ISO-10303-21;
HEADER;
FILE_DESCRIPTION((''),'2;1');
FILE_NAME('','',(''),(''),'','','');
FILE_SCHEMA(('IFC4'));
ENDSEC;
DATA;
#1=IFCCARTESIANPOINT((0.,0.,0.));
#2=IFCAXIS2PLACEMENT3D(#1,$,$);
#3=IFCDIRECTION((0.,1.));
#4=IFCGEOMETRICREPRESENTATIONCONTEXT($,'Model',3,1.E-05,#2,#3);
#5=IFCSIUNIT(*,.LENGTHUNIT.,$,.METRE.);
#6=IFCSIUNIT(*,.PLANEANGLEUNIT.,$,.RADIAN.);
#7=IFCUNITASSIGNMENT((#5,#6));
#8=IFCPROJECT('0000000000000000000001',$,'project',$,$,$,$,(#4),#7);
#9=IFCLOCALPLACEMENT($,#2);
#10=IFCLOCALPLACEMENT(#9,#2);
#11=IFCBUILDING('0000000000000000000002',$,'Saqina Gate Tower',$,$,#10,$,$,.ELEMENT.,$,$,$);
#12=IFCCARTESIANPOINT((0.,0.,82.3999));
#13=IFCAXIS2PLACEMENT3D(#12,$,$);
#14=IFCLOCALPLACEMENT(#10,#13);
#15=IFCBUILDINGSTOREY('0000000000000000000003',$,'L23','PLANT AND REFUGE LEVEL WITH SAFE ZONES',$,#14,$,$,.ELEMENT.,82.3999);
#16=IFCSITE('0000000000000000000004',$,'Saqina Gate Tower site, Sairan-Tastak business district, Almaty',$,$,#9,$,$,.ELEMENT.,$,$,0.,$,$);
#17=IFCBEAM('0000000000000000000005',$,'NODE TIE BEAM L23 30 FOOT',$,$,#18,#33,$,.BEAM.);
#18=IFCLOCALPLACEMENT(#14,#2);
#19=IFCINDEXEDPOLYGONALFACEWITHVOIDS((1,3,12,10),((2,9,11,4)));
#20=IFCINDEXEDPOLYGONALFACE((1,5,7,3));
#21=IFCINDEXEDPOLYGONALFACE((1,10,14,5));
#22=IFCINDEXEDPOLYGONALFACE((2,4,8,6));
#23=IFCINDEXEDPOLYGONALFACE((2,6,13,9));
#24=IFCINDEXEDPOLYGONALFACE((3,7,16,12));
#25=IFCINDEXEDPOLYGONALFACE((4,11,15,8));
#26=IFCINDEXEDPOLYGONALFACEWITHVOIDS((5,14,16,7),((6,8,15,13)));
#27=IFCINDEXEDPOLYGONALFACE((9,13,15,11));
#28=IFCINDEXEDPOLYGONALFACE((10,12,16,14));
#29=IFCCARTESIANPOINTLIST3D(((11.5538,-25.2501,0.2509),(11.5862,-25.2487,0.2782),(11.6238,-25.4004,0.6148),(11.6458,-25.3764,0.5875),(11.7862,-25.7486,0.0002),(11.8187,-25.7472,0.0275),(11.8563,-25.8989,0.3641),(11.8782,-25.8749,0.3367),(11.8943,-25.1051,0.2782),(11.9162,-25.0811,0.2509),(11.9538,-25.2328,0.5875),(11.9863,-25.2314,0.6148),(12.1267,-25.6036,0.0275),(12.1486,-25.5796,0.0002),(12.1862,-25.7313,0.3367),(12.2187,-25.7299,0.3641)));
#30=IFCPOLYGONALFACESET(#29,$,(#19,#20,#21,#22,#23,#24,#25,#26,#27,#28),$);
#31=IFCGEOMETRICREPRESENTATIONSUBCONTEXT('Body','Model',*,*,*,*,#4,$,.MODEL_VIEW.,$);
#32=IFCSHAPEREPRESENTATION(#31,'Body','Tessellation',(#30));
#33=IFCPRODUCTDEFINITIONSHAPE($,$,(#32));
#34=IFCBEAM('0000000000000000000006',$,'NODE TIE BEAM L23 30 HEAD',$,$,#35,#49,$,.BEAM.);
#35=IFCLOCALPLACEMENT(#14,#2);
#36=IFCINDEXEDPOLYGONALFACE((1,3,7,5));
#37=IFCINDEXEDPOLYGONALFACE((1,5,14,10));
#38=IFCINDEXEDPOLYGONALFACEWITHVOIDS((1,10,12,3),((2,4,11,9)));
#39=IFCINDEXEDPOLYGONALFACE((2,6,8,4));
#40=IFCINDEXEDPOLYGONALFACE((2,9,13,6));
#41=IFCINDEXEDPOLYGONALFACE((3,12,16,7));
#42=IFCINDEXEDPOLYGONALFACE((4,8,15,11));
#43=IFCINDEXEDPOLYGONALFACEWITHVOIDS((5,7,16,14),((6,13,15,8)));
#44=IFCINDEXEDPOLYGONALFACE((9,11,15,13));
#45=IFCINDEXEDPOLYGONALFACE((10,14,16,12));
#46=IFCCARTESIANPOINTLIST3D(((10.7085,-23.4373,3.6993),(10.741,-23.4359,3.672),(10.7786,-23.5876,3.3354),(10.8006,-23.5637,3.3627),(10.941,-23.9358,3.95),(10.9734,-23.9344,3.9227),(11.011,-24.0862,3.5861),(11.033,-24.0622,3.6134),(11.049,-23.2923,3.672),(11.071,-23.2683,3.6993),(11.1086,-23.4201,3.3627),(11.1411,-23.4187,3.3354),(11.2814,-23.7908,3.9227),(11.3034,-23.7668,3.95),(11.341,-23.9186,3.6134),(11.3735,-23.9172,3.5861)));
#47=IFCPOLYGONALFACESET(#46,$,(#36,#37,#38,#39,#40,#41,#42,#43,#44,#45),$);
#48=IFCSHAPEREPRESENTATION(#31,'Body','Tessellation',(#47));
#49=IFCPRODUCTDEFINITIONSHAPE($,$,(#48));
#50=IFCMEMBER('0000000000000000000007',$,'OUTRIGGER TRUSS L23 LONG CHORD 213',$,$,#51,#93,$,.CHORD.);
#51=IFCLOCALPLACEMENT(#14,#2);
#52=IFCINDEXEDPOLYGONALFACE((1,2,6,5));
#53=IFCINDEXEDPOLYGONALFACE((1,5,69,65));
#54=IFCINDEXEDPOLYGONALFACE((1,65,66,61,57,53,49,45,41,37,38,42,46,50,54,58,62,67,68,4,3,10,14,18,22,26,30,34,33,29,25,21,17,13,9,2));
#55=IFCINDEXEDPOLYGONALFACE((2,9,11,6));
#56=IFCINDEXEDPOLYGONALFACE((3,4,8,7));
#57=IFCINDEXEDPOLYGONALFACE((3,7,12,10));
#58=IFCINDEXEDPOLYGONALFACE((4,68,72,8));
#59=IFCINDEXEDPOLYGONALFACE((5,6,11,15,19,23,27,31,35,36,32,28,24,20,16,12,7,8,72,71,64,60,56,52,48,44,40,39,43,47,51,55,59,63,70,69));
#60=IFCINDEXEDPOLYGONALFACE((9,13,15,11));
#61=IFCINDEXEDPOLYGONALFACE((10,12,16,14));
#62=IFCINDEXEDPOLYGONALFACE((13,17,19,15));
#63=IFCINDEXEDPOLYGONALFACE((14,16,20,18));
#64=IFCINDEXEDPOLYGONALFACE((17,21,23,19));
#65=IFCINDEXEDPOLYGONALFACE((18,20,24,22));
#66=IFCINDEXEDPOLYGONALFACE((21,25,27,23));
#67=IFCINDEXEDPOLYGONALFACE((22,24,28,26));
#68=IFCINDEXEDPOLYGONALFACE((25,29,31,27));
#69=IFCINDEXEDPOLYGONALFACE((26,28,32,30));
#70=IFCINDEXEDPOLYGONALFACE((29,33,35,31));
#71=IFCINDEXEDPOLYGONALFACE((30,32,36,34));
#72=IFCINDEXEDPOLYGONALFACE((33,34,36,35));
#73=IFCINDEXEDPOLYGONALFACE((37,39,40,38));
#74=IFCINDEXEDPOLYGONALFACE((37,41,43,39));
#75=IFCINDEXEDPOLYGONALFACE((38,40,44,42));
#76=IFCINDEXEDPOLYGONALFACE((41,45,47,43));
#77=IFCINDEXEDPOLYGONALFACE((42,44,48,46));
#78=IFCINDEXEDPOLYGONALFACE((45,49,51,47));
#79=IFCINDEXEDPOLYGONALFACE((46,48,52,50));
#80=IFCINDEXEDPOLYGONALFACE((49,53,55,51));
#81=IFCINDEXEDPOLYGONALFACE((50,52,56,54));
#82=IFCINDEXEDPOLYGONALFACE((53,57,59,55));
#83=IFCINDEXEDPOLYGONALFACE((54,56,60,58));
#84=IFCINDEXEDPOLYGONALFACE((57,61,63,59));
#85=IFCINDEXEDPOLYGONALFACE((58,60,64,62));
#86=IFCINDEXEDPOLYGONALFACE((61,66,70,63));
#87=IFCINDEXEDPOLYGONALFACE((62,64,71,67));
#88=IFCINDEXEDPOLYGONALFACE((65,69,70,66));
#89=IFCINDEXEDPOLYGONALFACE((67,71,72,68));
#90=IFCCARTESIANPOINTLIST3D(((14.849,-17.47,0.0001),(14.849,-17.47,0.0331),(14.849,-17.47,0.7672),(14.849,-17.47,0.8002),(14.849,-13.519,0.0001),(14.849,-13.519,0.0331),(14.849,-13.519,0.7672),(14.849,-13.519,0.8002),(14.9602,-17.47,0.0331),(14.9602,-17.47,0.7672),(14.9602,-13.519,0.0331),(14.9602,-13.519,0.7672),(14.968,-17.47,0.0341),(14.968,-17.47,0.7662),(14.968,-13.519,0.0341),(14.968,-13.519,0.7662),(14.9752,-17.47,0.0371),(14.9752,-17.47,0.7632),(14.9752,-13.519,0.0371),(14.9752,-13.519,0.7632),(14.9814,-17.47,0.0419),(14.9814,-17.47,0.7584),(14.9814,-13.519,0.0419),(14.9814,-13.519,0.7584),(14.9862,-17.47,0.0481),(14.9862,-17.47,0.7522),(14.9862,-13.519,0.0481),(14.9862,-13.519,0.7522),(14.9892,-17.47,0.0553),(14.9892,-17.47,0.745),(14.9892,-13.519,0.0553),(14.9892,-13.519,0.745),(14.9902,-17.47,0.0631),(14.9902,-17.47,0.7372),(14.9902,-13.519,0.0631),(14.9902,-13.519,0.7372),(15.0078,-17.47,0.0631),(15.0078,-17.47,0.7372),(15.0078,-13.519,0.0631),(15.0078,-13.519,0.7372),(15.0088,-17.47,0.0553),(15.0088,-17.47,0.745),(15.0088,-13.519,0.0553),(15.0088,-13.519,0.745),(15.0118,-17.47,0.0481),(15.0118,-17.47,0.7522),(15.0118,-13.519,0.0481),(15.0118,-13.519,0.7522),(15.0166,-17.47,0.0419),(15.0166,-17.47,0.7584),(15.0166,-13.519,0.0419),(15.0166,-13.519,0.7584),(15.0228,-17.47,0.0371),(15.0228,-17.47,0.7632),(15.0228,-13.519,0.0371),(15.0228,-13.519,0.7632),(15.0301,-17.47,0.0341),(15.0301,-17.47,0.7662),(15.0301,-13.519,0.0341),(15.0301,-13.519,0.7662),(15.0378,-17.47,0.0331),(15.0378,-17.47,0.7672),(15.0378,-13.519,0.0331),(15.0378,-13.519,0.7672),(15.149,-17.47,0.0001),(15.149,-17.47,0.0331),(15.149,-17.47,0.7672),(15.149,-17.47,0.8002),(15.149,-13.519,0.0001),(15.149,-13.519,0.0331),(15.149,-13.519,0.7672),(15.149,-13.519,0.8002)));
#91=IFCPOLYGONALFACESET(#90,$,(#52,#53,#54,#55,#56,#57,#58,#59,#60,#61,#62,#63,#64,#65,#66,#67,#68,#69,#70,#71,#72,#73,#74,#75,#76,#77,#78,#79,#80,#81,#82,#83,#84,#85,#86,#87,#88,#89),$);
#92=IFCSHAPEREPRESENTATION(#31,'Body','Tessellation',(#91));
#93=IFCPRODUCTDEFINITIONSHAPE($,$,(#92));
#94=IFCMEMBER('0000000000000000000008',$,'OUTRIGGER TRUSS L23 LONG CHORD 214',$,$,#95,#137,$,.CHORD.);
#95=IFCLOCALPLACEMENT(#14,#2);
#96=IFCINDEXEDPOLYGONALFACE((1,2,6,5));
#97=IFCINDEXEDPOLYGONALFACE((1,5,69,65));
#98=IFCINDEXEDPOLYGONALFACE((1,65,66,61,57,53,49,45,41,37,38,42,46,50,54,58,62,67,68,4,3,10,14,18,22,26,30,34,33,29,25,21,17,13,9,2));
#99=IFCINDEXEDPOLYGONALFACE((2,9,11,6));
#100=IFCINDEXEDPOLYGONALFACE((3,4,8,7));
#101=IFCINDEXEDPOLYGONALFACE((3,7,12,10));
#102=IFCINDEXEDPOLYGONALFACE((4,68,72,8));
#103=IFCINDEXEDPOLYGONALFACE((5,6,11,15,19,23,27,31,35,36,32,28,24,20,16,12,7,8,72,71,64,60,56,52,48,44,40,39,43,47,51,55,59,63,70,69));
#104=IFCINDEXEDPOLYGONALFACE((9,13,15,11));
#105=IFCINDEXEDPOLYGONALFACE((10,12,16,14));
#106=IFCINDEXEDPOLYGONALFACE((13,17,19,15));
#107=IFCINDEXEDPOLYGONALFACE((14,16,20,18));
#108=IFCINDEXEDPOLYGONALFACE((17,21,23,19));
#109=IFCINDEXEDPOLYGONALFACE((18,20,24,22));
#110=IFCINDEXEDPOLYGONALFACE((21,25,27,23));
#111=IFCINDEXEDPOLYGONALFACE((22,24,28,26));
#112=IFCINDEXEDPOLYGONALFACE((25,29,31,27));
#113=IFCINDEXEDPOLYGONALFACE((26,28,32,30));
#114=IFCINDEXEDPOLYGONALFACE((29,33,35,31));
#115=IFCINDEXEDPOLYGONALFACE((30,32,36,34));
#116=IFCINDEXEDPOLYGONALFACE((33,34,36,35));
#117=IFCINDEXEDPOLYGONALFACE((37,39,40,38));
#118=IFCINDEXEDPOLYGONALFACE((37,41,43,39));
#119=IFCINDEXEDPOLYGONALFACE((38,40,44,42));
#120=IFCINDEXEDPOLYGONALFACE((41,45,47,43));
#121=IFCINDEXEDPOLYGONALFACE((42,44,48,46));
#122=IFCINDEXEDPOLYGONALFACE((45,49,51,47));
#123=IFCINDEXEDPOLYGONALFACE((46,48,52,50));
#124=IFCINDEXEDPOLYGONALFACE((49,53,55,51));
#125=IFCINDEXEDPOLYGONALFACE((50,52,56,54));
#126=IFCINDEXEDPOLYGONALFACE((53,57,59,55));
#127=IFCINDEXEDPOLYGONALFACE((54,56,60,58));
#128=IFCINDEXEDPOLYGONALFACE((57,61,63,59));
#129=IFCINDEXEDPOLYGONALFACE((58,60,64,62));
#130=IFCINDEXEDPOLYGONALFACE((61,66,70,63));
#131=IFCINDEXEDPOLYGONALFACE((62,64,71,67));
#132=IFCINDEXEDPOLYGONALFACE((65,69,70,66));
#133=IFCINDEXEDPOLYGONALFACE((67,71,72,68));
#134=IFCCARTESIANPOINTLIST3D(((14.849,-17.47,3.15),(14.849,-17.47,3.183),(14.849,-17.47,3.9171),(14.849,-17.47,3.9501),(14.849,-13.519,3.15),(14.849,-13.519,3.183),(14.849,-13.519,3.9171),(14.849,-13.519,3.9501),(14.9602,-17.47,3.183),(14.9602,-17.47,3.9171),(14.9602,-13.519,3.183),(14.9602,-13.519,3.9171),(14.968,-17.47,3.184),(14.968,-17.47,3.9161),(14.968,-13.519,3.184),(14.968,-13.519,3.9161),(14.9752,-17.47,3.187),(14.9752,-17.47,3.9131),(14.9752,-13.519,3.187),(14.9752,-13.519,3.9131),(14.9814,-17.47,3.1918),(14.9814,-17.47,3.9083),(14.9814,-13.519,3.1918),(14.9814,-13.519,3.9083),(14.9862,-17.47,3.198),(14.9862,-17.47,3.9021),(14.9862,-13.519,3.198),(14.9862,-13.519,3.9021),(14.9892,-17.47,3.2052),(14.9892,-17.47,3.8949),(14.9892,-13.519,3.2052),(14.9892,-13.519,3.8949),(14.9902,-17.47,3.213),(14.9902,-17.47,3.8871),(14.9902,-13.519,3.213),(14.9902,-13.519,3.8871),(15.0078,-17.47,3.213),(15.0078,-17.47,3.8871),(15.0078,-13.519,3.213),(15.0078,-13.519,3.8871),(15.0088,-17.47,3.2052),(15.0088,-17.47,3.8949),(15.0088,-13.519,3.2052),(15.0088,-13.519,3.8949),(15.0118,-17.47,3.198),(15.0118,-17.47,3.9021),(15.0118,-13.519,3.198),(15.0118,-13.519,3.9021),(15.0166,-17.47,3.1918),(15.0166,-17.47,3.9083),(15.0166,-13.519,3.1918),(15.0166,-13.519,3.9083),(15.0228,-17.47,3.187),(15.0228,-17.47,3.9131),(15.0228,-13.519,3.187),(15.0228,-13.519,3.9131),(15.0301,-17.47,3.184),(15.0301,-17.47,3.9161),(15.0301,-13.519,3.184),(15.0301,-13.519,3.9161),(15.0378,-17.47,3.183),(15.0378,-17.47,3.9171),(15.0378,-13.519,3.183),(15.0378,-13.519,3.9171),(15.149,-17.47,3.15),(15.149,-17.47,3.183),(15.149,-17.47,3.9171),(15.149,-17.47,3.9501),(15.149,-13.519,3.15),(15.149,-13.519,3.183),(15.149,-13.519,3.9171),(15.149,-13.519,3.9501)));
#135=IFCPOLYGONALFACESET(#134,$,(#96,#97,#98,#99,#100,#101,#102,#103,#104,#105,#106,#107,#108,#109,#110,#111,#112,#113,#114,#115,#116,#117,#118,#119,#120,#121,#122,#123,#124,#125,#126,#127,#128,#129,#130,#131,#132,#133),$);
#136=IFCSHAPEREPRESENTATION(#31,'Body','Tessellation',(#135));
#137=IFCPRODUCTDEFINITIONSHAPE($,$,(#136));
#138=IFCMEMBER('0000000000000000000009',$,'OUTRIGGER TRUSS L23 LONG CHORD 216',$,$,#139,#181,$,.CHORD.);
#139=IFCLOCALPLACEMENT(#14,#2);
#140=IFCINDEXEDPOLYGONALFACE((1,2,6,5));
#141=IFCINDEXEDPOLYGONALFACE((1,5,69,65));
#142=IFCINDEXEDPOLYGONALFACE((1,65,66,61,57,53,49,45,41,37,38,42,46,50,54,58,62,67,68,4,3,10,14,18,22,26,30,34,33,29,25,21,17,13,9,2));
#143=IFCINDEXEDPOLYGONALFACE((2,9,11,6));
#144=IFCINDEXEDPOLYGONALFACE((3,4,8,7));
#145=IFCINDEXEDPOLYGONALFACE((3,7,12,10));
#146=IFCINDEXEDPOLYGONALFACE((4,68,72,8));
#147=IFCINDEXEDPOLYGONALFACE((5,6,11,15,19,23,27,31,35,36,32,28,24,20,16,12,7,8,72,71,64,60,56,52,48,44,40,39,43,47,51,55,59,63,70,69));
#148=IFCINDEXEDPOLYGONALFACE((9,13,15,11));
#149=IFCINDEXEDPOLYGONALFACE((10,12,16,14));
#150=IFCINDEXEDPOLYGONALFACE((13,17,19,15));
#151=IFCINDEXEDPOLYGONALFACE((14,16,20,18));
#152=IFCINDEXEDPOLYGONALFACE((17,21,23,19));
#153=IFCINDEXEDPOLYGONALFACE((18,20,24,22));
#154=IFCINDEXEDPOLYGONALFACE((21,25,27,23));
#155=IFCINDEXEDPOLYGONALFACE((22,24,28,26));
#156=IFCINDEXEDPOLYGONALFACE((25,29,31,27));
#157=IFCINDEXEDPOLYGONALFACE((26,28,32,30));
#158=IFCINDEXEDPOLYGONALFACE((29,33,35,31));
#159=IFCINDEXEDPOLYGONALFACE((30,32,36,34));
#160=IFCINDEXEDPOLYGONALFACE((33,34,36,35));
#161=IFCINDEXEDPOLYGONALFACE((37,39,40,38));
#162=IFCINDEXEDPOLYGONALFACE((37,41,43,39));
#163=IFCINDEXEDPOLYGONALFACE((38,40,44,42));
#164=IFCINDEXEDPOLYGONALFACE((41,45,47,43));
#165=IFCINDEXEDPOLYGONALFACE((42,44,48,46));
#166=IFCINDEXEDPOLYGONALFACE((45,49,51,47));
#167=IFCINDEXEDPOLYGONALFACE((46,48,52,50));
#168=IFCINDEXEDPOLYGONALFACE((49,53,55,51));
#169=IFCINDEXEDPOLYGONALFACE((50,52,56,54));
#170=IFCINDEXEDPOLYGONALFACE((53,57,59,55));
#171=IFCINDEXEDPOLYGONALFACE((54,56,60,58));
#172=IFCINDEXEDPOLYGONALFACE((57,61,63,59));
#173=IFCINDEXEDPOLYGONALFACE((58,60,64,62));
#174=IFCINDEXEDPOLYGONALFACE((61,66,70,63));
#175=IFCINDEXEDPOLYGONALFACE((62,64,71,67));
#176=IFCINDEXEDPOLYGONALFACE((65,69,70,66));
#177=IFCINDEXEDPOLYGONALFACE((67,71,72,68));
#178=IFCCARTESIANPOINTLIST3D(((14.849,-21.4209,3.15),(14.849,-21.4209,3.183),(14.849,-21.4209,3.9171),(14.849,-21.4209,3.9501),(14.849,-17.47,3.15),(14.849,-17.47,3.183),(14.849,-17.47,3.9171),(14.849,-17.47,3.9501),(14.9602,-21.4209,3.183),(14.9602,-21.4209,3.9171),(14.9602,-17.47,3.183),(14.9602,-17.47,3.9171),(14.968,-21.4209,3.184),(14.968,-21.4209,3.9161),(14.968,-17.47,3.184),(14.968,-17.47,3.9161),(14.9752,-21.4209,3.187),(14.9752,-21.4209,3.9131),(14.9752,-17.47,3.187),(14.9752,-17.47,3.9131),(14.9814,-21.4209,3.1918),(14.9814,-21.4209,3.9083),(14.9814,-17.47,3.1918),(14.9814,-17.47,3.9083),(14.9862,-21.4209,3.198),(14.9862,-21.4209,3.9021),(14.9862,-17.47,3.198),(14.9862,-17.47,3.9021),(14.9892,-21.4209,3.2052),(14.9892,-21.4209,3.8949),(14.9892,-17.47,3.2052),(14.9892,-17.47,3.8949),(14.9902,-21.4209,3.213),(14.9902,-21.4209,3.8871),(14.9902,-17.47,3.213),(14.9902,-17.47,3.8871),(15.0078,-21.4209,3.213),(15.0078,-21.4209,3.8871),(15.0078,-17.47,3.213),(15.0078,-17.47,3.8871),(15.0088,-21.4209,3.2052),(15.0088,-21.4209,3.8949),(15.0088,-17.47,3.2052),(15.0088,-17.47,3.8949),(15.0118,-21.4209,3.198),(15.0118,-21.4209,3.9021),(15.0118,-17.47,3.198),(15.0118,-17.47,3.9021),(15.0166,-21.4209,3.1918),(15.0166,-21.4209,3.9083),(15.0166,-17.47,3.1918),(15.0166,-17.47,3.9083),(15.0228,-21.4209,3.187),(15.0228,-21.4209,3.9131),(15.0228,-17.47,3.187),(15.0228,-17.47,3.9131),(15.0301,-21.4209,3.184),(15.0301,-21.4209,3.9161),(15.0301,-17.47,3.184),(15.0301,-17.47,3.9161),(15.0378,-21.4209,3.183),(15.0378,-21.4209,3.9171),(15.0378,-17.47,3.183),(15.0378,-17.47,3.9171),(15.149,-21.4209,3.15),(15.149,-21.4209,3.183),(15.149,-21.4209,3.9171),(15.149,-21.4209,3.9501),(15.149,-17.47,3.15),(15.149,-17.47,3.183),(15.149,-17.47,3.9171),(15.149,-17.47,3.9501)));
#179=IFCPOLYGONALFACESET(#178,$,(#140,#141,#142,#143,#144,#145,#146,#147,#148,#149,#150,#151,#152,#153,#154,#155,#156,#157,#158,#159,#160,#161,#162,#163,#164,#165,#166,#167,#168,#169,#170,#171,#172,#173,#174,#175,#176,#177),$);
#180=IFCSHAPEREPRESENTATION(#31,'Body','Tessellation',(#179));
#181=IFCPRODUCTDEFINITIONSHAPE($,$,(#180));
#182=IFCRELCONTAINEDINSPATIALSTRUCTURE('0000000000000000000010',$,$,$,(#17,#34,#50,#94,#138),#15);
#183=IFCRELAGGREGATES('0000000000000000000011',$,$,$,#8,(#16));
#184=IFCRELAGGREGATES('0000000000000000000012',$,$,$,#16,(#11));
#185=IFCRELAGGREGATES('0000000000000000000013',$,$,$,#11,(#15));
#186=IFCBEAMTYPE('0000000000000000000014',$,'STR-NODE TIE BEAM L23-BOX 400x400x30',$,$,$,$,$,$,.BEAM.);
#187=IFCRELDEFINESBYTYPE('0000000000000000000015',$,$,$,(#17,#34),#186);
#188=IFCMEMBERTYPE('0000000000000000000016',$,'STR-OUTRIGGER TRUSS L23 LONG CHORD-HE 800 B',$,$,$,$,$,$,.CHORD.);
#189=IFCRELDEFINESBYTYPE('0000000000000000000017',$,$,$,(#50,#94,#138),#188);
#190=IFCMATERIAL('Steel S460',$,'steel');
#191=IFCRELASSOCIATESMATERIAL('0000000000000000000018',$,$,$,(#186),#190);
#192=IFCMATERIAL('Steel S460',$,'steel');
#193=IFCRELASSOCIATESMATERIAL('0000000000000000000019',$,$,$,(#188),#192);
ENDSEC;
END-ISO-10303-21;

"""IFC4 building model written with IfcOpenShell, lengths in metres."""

from ifc_helpers import new_model, si_unit, direction, frame, origin, origin_2d, place, context, subcontext, project, spatial, hollow_rectangle, i_section, extrude, material, material_profile, profile_set, type_object, element, save


model = new_model("IFC4")

# Units and contexts
model_context = context("Model", 3, precision=1e-05, world=origin(), true_north=direction((0.0, 1.0)))
body_context = subcontext(model_context, "Body", "Model", "MODEL_VIEW")
ifc_project = project(units=[si_unit("LENGTHUNIT", "METRE"), si_unit("PLANEANGLEUNIT", "RADIAN")], contexts=[model_context])

# Site, building, storey
site_placement = place(None, origin())
site = spatial("IfcSite", under=ifc_project, at=site_placement, Name="Saqina Gate Tower site, Sairan-Tastak business district, Almaty", CompositionType="ELEMENT", RefElevation=0.0)
building_placement = place(site_placement, origin())
building = spatial("IfcBuilding", under=site, at=building_placement, Name="Saqina Gate Tower", CompositionType="ELEMENT")
storey_placement = place(building_placement, frame((0.0, 0.0, 82.3999)))
storey = spatial("IfcBuildingStorey", under=building, at=storey_placement, Name="L23", Description="PLANT AND REFUGE LEVEL WITH SAFE ZONES", CompositionType="ELEMENT", Elevation=82.3999)

# Beams
ifc_material_1 = material(Name="Steel S460", Category="steel")
ifc_material_profile_1 = material_profile(ifc_material_1, hollow_rectangle(XDim=0.3999, YDim=0.3999, WallThickness=0.03, at=origin_2d()), Name="BOX 400x400x30")
ifc_profile_set_1 = profile_set([ifc_material_profile_1], Name="Steel S460")
beam_type = type_object("IfcBeamType", Name="STR-NODE TIE BEAM L23-BOX 400x400x30", PredefinedType="BEAM", material=ifc_profile_set_1)
for number, where, z_axis, x_axis, name in (
    (1, (12.0024, -25.7393, 0.1821), (-0.384484, 0.824702, 0.414774), (-0.906342, -0.422545, 0.0), "NODE TIE BEAM L23 30 FOOT"),
    (2, (10.9248, -23.428, 3.5173), (0.384484, -0.824702, 0.414774), (0.906342, 0.422545, 0.0), "NODE TIE BEAM L23 30 HEAD"),
):
    element("IfcBeam", number, at=place(storey_placement, frame(where, z_axis=z_axis, x_axis=x_axis)), inside=storey, type_object=beam_type, Name=name, PredefinedType="BEAM", context=body_context, shape_type="SweptSolid", body=[
        extrude(hollow_rectangle(XDim=0.3999, YDim=0.3999, WallThickness=0.03, at=origin_2d()), origin(), (0.0, 0.0, 1.0), 0.6045),
    ])

# Members
ifc_material_2 = material(Name="Steel S460", Category="steel")
ifc_material_profile_2 = material_profile(ifc_material_2, i_section(OverallWidth=0.3, OverallDepth=0.8, WebThickness=0.0176, FlangeThickness=0.033, FilletRadius=0.03, at=origin_2d()), Name="HE 800 B")
ifc_profile_set_2 = profile_set([ifc_material_profile_2], Name="Steel S460")
member_type_1 = type_object("IfcMemberType", Name="STR-OUTRIGGER TRUSS L23 LONG CHORD-HE 800 B", PredefinedType="CHORD", material=ifc_profile_set_2)
for number, where, z_axis, x_axis, name in (
    (3, (14.999, -13.519, 0.4001), (0.0, -1.0, 0.0), (1.0, 0.0, 0.0), "OUTRIGGER TRUSS L23 LONG CHORD 213"),
    (4, (14.999, -13.519, 3.55), (0.0, -1.0, 0.0), (1.0, 0.0, 0.0), "OUTRIGGER TRUSS L23 LONG CHORD 214"),
    (5, (14.999, -17.47, 3.55), (0.0, -1.0, 0.0), (1.0, 0.0, 0.0), "OUTRIGGER TRUSS L23 LONG CHORD 216"),
):
    element("IfcMember", number, at=place(storey_placement, frame(where, z_axis=z_axis, x_axis=x_axis)), inside=storey, type_object=member_type_1, Name=name, PredefinedType="CHORD", context=body_context, shape_type="SweptSolid", body=[
        extrude(i_section(OverallWidth=0.3, OverallDepth=0.8, WebThickness=0.0176, FlangeThickness=0.033, FilletRadius=0.03, at=origin_2d()), origin(), (0.0, 0.0, 1.0), 3.9509),
    ])

save(model, "model.ifc")
